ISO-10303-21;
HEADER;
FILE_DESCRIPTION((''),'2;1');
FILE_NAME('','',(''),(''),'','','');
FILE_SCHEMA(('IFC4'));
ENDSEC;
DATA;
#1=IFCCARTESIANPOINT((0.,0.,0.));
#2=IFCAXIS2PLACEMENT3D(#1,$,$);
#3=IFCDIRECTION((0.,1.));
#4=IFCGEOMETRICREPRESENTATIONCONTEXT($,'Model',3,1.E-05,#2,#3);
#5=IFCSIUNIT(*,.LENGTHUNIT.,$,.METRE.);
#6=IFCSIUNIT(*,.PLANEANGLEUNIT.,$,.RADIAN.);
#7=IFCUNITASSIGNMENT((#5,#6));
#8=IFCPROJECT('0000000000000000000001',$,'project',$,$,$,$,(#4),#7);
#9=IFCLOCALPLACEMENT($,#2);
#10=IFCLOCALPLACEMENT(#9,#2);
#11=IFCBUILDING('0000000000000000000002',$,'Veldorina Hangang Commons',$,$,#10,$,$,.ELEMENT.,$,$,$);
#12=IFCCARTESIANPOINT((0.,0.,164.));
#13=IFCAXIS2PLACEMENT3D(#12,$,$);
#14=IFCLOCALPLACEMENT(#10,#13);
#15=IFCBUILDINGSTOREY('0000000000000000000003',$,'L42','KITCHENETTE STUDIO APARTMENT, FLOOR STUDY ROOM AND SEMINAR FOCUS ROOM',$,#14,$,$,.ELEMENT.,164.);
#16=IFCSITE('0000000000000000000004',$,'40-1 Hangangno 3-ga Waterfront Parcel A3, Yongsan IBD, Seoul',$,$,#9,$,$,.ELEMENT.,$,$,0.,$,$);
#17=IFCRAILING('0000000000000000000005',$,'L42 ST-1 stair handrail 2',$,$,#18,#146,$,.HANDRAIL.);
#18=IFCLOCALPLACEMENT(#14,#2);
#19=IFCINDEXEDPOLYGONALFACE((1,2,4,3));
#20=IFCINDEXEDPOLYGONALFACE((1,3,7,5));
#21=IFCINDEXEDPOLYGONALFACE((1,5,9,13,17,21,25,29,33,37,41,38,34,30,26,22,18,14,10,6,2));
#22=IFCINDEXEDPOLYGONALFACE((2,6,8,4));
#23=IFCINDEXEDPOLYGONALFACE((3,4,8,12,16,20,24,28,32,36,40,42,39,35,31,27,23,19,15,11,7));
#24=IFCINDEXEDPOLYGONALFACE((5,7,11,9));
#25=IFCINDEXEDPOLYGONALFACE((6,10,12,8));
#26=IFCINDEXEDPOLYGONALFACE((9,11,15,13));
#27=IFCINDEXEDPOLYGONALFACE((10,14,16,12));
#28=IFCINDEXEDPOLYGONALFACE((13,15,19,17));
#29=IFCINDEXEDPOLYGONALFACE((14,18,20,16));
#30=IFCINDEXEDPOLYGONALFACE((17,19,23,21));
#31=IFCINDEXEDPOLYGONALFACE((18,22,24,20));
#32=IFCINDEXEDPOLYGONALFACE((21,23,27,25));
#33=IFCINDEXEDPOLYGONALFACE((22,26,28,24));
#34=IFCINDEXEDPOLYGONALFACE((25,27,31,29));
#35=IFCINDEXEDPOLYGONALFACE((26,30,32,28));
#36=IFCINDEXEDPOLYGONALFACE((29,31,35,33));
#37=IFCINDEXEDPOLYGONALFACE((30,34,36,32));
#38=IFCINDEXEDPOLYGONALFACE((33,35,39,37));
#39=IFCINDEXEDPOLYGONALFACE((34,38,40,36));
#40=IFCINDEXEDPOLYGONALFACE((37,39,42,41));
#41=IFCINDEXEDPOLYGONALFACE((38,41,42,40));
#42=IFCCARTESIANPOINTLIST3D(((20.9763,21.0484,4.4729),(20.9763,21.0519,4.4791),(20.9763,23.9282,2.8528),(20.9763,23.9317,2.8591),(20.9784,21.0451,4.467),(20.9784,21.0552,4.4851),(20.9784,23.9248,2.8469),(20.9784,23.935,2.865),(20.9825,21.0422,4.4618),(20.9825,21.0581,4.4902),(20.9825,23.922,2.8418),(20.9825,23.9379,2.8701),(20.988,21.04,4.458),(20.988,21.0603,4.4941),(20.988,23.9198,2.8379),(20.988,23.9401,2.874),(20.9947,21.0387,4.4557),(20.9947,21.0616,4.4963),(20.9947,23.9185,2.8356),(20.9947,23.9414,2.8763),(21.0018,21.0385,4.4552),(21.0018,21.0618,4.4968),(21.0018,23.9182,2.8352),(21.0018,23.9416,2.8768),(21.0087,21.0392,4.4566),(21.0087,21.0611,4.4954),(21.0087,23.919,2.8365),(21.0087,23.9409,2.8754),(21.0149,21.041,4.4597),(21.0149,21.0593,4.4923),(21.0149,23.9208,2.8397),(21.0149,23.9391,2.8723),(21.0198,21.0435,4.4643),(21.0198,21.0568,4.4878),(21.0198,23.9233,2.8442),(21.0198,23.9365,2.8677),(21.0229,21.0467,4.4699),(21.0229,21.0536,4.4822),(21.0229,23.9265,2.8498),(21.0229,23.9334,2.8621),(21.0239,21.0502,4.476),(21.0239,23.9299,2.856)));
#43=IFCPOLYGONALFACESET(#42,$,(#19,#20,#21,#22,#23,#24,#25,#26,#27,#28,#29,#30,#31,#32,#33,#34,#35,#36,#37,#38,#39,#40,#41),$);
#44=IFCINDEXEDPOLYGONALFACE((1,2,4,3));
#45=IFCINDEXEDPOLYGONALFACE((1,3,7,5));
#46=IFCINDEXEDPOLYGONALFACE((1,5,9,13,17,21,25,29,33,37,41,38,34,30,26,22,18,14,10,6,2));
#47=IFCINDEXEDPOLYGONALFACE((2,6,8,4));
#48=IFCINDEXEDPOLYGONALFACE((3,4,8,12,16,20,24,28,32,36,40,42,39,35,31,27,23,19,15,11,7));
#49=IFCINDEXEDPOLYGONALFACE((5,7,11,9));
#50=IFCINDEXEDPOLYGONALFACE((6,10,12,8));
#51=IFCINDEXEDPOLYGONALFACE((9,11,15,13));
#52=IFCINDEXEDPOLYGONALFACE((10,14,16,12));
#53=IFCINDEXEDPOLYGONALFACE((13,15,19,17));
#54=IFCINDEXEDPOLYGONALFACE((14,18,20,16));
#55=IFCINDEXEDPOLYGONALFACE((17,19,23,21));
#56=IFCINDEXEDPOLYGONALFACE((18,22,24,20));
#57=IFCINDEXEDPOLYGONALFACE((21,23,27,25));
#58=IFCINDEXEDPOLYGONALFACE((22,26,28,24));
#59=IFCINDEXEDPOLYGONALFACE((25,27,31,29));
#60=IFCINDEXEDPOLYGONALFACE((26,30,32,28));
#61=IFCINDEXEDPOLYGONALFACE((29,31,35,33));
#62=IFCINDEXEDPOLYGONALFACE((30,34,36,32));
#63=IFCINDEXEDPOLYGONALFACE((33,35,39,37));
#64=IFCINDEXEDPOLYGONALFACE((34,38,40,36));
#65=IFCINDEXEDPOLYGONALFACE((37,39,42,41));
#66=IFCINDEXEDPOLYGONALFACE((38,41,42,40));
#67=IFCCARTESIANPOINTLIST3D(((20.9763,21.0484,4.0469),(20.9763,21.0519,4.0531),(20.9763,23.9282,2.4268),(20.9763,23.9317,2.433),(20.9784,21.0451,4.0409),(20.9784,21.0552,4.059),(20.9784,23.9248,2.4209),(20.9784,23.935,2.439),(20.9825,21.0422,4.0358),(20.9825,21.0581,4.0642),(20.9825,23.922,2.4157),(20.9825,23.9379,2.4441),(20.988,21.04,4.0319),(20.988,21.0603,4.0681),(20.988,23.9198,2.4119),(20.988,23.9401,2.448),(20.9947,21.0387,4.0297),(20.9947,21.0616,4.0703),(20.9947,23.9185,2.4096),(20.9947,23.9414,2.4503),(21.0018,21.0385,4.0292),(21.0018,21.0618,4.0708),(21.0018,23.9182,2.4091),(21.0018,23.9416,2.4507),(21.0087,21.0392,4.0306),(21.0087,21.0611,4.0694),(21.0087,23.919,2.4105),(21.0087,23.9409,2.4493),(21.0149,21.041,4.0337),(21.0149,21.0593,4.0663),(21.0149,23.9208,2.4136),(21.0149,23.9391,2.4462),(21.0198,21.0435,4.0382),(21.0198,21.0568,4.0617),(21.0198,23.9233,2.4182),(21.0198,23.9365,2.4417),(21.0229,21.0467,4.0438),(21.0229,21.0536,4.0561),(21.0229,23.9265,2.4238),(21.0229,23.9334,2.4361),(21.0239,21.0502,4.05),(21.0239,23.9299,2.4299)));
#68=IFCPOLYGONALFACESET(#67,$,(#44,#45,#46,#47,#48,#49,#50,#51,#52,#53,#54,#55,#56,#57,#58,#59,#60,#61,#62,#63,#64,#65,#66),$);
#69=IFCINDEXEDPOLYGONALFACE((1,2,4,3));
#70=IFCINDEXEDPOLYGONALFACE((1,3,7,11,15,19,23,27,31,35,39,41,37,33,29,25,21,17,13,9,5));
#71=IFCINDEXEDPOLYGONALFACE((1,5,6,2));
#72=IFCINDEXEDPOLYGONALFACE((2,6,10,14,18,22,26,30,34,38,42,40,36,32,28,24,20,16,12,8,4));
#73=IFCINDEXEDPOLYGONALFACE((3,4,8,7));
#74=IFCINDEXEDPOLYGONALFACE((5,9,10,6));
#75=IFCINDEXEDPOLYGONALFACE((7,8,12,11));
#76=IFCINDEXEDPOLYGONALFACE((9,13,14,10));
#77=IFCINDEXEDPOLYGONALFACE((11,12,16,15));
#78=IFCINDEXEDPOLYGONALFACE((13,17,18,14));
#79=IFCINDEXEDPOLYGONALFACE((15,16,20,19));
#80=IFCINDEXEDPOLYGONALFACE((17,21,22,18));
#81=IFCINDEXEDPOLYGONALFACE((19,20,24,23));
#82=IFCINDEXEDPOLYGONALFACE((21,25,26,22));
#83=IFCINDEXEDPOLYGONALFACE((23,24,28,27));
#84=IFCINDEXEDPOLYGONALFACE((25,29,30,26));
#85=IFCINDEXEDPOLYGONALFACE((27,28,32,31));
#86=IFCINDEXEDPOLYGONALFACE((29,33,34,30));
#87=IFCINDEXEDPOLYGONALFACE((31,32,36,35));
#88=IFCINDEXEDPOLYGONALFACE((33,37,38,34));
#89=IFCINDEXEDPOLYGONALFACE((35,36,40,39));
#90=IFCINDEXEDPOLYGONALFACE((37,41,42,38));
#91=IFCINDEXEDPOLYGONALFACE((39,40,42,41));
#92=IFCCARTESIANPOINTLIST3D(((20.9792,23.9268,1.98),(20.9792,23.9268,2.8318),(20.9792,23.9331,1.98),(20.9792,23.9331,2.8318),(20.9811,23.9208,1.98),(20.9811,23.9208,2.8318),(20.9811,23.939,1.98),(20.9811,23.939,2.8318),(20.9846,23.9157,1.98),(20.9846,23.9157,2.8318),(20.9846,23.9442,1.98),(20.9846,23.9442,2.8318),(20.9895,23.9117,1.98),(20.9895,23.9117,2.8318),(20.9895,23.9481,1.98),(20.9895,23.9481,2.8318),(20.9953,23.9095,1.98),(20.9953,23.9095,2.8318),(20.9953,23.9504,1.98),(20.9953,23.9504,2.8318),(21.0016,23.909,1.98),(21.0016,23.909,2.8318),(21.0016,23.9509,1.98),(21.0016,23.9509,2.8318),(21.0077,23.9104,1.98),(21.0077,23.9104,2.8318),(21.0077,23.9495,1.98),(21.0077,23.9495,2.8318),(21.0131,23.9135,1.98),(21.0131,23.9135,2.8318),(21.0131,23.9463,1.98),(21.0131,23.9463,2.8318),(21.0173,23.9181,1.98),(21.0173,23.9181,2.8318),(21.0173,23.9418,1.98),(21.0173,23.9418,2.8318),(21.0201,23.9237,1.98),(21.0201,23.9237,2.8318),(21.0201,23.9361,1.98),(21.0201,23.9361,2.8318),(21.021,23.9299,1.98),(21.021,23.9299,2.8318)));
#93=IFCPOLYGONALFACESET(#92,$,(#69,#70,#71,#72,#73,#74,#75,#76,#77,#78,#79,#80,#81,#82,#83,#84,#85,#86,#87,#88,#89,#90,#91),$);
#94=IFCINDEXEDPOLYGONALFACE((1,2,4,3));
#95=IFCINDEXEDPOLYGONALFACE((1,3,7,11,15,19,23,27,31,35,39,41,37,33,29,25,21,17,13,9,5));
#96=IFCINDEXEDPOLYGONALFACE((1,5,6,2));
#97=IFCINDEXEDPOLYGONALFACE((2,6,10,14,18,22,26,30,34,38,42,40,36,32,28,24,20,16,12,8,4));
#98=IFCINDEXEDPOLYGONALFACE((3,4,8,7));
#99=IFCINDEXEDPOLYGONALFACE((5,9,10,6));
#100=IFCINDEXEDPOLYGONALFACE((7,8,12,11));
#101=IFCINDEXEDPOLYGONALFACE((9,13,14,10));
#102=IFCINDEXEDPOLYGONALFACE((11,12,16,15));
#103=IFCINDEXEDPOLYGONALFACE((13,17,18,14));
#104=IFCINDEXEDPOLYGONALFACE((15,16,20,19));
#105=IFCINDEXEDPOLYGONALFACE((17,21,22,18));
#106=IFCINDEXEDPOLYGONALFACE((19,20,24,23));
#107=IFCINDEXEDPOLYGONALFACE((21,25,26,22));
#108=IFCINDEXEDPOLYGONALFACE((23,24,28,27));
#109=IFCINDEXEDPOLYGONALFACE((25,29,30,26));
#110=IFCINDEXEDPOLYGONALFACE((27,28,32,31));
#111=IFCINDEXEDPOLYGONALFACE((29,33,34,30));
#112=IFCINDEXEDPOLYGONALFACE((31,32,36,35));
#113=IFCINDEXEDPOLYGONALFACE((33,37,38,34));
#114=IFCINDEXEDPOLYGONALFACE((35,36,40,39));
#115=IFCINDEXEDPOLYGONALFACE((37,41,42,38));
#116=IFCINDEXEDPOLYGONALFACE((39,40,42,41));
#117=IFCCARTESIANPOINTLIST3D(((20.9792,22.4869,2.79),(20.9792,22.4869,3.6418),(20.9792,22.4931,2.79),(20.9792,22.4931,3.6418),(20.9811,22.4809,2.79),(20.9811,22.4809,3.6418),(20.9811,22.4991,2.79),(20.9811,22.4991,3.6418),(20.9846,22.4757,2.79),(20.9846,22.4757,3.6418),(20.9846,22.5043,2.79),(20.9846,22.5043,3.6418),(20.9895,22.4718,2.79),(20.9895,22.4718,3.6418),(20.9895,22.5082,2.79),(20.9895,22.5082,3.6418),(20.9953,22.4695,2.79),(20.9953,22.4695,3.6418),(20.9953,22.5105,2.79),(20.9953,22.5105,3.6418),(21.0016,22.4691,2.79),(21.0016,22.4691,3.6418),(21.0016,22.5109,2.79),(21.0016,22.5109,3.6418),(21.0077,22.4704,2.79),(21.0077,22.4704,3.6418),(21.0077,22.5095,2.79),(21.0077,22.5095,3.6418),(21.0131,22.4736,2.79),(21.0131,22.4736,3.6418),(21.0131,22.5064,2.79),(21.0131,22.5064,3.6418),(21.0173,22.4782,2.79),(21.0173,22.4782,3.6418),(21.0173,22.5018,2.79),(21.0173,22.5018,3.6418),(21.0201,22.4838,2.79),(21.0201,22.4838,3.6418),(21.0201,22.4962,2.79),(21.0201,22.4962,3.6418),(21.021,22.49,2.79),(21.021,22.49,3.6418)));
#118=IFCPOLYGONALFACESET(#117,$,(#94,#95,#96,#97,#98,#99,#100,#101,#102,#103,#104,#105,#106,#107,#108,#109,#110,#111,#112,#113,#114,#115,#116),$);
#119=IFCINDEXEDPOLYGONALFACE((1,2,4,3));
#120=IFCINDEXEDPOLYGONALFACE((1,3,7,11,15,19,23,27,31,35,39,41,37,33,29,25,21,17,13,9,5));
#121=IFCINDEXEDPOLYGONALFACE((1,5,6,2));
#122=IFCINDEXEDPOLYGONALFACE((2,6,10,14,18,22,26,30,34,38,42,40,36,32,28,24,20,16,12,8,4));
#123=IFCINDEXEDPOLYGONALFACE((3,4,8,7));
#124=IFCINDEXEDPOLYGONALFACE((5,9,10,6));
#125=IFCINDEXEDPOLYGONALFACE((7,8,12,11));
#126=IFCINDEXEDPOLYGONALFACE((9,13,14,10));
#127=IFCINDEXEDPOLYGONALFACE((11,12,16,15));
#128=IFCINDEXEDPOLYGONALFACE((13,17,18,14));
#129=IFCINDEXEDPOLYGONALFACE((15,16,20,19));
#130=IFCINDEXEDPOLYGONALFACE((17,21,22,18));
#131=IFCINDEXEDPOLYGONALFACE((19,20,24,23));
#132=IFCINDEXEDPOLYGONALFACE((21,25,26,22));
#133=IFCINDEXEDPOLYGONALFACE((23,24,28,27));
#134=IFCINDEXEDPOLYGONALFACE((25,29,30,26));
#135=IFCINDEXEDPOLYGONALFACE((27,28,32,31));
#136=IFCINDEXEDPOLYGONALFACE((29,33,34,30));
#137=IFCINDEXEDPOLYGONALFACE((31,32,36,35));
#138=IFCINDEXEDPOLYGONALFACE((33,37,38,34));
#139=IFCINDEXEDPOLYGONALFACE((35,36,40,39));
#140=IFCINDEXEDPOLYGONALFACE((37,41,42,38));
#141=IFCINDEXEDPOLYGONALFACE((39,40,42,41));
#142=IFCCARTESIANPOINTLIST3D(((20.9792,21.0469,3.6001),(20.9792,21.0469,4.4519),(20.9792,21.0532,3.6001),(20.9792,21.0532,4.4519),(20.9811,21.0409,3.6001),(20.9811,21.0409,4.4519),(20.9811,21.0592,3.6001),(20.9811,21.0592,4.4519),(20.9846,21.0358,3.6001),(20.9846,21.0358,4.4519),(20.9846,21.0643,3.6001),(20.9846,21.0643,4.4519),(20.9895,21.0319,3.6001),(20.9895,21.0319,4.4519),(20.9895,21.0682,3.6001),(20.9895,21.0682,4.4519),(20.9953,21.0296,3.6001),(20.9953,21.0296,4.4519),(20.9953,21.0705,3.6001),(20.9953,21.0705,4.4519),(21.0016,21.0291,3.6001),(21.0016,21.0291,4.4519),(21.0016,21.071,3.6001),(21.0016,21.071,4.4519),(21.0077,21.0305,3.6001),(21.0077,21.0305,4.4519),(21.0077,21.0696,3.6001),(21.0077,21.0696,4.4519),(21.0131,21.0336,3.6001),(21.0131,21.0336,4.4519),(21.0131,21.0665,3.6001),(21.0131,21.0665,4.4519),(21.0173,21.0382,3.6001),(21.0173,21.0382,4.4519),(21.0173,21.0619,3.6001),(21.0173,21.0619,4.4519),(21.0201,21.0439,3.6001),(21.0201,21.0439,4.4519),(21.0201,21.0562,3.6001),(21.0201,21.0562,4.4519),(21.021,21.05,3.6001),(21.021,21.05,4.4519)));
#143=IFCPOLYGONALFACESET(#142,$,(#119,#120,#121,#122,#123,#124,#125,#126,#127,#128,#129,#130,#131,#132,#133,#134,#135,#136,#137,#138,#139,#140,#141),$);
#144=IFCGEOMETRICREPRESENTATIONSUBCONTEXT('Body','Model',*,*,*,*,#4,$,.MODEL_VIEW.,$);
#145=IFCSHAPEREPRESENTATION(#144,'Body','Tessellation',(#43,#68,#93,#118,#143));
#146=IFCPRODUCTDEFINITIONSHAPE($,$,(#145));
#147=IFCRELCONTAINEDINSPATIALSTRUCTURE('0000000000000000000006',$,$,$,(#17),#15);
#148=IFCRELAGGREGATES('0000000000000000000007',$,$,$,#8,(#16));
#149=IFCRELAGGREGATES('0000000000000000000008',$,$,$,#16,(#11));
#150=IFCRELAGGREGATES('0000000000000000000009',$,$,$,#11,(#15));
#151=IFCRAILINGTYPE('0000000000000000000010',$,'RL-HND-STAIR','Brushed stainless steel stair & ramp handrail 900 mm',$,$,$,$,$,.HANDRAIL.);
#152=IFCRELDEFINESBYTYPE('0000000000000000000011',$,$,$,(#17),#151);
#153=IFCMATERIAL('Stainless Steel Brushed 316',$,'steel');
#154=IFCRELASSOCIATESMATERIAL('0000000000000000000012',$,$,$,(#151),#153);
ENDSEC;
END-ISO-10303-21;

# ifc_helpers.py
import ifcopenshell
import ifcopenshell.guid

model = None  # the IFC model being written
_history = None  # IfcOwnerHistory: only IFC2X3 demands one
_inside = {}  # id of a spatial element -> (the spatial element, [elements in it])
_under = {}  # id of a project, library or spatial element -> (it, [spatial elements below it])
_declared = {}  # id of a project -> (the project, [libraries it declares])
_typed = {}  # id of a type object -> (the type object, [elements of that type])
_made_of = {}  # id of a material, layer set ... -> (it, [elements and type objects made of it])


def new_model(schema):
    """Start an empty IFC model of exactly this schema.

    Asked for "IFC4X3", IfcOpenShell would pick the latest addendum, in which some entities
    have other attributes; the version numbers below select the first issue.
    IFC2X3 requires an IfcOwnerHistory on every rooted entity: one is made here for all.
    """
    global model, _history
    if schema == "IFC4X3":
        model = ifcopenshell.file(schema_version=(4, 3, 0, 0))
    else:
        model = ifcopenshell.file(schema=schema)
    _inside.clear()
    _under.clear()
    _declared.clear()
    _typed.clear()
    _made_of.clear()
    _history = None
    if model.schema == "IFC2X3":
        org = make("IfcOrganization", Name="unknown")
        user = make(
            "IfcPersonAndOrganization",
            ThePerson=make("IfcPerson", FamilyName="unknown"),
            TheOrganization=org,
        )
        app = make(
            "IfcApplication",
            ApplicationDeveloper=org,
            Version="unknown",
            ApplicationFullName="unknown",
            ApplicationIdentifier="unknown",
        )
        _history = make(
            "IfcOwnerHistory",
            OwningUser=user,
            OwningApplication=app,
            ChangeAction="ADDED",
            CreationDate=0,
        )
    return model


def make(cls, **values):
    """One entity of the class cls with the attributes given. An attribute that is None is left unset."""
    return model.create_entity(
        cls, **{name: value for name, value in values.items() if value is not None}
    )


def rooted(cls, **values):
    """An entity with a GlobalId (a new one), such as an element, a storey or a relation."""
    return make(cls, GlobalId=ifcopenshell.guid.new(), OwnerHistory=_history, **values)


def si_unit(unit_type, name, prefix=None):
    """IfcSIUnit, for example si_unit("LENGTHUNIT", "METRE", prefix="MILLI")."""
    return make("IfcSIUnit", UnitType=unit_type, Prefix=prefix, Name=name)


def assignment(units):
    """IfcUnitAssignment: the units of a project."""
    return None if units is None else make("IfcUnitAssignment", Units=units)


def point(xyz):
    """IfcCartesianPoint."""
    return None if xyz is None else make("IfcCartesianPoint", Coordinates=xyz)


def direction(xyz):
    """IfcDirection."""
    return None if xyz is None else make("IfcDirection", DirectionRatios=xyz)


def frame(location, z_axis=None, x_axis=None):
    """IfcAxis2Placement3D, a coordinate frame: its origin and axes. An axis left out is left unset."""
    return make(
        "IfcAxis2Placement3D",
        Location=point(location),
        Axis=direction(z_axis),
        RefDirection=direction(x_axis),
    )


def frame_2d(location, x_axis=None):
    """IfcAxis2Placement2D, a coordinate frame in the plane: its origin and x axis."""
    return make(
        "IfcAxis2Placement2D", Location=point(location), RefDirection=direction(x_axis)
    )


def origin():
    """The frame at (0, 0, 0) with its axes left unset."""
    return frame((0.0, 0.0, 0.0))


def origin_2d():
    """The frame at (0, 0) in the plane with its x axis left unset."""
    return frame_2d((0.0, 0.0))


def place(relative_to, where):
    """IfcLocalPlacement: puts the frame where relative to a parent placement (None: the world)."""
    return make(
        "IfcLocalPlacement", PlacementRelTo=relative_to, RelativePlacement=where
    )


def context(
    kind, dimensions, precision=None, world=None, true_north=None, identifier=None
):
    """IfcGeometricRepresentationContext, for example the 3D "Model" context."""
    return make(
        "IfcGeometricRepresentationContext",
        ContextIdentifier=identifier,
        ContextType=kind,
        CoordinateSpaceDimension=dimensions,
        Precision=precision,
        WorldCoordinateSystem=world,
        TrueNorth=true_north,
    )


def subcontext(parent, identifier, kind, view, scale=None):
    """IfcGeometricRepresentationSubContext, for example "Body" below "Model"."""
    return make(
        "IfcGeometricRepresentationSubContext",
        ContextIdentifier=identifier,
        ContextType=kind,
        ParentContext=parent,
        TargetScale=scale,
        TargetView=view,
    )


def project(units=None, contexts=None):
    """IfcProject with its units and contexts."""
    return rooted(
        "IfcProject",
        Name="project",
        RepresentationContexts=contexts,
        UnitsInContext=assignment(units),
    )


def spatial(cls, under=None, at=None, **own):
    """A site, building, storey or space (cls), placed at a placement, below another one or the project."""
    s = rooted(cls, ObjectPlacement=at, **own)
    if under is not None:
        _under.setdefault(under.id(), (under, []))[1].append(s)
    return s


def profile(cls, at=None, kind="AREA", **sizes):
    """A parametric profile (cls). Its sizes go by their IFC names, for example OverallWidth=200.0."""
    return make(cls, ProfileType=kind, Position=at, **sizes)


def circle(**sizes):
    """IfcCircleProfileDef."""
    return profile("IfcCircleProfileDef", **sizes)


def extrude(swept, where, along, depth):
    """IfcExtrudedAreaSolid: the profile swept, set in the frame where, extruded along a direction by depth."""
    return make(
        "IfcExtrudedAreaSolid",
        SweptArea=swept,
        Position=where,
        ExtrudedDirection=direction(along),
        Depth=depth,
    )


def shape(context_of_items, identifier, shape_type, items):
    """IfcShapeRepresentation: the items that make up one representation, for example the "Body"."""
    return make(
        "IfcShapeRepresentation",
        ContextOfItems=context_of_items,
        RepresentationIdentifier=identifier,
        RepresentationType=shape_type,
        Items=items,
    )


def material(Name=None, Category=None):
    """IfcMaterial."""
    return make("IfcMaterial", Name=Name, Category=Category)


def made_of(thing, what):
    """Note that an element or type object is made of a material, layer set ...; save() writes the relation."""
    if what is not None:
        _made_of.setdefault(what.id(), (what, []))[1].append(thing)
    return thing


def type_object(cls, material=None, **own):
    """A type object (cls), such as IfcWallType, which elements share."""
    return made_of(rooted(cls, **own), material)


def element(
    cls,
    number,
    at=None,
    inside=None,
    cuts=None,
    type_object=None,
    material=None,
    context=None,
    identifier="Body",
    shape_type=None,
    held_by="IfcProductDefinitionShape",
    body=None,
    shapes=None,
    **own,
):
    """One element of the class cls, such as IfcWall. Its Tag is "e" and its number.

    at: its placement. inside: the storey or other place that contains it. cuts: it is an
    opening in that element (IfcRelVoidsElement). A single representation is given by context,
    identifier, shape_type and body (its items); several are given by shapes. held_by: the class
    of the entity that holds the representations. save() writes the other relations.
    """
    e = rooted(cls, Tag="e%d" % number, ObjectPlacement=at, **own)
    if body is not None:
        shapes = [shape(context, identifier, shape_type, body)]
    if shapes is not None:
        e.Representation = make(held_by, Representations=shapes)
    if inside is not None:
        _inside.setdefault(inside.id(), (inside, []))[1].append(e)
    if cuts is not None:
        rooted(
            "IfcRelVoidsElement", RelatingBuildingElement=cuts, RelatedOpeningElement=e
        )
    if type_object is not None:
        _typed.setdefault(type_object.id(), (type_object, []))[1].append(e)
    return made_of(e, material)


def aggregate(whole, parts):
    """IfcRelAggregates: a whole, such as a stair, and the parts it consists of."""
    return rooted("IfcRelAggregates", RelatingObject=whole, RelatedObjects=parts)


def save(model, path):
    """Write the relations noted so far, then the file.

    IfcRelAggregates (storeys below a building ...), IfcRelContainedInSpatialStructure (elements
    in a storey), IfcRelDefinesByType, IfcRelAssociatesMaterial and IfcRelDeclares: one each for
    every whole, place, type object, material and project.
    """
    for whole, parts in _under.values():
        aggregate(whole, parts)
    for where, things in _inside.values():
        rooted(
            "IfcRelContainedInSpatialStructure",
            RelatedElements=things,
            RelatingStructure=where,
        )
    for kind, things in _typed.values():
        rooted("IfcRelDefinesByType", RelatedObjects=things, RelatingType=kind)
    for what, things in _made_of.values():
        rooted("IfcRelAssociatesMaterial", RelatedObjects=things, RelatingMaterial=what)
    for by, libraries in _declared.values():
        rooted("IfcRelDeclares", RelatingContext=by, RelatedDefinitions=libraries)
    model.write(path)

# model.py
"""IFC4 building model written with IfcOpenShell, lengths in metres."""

from ifc_helpers import new_model, si_unit, direction, frame, origin, origin_2d, place, context, subcontext, project, spatial, circle, extrude, material, type_object, element, save


model = new_model("IFC4")

# Units and contexts
model_context = context("Model", 3, precision=1e-05, world=origin(), true_north=direction((0.0, 1.0)))
body_context = subcontext(model_context, "Body", "Model", "MODEL_VIEW")
ifc_project = project(units=[si_unit("LENGTHUNIT", "METRE"), si_unit("PLANEANGLEUNIT", "RADIAN")], contexts=[model_context])

# Site, building, storey
site_placement = place(None, origin())
site = spatial("IfcSite", under=ifc_project, at=site_placement, Name="40-1 Hangangno 3-ga Waterfront Parcel A3, Yongsan IBD, Seoul", CompositionType="ELEMENT", RefElevation=0.0)
building_placement = place(site_placement, origin())
building = spatial("IfcBuilding", under=site, at=building_placement, Name="Veldorina Hangang Commons", CompositionType="ELEMENT")
storey_placement = place(building_placement, frame((0.0, 0.0, 164.0)))
storey = spatial("IfcBuildingStorey", under=building, at=storey_placement, Name="L42", Description="KITCHENETTE STUDIO APARTMENT, FLOOR STUDY ROOM AND SEMINAR FOCUS ROOM", CompositionType="ELEMENT", Elevation=164.0)

# Railing
ifc_material_1 = material(Name="Stainless Steel Brushed 316", Category="steel")
railing_type = type_object("IfcRailingType", Name="RL-HND-STAIR", Description="Brushed stainless steel stair & ramp handrail 900 mm", PredefinedType="HANDRAIL", material=ifc_material_1)
railing_placement = place(storey_placement, frame((21.0, 23.9299, 1.98)))
element("IfcRailing", 1, at=railing_placement, inside=storey, type_object=railing_type, Name="L42 ST-1 stair handrail 2", PredefinedType="HANDRAIL", context=body_context, shape_type="SweptSolid", body=[
    extrude(circle(Radius=0.0239, at=origin_2d()), frame((0.0, 0.0, 0.876), z_axis=(0.0, -0.871552, 0.490303), x_axis=(1.0, 0.0, 0.0)), (0.0, 0.0, 1.0), 3.3042),
    extrude(circle(Radius=0.0239, at=origin_2d()), frame((0.0, 0.0, 0.45), z_axis=(0.0, -0.871552, 0.490303), x_axis=(1.0, 0.0, 0.0)), (0.0, 0.0, 1.0), 3.3042),
    extrude(circle(Radius=0.021, at=origin_2d()), origin(), (0.0, 0.0, 1.0), 0.8518),
    extrude(circle(Radius=0.021, at=origin_2d()), frame((0.0, -1.4399, 0.8101)), (0.0, 0.0, 1.0), 0.8518),
    extrude(circle(Radius=0.021, at=origin_2d()), frame((0.0, -2.8799, 1.6201)), (0.0, 0.0, 1.0), 0.8518),
])

save(model, "model.ifc")
